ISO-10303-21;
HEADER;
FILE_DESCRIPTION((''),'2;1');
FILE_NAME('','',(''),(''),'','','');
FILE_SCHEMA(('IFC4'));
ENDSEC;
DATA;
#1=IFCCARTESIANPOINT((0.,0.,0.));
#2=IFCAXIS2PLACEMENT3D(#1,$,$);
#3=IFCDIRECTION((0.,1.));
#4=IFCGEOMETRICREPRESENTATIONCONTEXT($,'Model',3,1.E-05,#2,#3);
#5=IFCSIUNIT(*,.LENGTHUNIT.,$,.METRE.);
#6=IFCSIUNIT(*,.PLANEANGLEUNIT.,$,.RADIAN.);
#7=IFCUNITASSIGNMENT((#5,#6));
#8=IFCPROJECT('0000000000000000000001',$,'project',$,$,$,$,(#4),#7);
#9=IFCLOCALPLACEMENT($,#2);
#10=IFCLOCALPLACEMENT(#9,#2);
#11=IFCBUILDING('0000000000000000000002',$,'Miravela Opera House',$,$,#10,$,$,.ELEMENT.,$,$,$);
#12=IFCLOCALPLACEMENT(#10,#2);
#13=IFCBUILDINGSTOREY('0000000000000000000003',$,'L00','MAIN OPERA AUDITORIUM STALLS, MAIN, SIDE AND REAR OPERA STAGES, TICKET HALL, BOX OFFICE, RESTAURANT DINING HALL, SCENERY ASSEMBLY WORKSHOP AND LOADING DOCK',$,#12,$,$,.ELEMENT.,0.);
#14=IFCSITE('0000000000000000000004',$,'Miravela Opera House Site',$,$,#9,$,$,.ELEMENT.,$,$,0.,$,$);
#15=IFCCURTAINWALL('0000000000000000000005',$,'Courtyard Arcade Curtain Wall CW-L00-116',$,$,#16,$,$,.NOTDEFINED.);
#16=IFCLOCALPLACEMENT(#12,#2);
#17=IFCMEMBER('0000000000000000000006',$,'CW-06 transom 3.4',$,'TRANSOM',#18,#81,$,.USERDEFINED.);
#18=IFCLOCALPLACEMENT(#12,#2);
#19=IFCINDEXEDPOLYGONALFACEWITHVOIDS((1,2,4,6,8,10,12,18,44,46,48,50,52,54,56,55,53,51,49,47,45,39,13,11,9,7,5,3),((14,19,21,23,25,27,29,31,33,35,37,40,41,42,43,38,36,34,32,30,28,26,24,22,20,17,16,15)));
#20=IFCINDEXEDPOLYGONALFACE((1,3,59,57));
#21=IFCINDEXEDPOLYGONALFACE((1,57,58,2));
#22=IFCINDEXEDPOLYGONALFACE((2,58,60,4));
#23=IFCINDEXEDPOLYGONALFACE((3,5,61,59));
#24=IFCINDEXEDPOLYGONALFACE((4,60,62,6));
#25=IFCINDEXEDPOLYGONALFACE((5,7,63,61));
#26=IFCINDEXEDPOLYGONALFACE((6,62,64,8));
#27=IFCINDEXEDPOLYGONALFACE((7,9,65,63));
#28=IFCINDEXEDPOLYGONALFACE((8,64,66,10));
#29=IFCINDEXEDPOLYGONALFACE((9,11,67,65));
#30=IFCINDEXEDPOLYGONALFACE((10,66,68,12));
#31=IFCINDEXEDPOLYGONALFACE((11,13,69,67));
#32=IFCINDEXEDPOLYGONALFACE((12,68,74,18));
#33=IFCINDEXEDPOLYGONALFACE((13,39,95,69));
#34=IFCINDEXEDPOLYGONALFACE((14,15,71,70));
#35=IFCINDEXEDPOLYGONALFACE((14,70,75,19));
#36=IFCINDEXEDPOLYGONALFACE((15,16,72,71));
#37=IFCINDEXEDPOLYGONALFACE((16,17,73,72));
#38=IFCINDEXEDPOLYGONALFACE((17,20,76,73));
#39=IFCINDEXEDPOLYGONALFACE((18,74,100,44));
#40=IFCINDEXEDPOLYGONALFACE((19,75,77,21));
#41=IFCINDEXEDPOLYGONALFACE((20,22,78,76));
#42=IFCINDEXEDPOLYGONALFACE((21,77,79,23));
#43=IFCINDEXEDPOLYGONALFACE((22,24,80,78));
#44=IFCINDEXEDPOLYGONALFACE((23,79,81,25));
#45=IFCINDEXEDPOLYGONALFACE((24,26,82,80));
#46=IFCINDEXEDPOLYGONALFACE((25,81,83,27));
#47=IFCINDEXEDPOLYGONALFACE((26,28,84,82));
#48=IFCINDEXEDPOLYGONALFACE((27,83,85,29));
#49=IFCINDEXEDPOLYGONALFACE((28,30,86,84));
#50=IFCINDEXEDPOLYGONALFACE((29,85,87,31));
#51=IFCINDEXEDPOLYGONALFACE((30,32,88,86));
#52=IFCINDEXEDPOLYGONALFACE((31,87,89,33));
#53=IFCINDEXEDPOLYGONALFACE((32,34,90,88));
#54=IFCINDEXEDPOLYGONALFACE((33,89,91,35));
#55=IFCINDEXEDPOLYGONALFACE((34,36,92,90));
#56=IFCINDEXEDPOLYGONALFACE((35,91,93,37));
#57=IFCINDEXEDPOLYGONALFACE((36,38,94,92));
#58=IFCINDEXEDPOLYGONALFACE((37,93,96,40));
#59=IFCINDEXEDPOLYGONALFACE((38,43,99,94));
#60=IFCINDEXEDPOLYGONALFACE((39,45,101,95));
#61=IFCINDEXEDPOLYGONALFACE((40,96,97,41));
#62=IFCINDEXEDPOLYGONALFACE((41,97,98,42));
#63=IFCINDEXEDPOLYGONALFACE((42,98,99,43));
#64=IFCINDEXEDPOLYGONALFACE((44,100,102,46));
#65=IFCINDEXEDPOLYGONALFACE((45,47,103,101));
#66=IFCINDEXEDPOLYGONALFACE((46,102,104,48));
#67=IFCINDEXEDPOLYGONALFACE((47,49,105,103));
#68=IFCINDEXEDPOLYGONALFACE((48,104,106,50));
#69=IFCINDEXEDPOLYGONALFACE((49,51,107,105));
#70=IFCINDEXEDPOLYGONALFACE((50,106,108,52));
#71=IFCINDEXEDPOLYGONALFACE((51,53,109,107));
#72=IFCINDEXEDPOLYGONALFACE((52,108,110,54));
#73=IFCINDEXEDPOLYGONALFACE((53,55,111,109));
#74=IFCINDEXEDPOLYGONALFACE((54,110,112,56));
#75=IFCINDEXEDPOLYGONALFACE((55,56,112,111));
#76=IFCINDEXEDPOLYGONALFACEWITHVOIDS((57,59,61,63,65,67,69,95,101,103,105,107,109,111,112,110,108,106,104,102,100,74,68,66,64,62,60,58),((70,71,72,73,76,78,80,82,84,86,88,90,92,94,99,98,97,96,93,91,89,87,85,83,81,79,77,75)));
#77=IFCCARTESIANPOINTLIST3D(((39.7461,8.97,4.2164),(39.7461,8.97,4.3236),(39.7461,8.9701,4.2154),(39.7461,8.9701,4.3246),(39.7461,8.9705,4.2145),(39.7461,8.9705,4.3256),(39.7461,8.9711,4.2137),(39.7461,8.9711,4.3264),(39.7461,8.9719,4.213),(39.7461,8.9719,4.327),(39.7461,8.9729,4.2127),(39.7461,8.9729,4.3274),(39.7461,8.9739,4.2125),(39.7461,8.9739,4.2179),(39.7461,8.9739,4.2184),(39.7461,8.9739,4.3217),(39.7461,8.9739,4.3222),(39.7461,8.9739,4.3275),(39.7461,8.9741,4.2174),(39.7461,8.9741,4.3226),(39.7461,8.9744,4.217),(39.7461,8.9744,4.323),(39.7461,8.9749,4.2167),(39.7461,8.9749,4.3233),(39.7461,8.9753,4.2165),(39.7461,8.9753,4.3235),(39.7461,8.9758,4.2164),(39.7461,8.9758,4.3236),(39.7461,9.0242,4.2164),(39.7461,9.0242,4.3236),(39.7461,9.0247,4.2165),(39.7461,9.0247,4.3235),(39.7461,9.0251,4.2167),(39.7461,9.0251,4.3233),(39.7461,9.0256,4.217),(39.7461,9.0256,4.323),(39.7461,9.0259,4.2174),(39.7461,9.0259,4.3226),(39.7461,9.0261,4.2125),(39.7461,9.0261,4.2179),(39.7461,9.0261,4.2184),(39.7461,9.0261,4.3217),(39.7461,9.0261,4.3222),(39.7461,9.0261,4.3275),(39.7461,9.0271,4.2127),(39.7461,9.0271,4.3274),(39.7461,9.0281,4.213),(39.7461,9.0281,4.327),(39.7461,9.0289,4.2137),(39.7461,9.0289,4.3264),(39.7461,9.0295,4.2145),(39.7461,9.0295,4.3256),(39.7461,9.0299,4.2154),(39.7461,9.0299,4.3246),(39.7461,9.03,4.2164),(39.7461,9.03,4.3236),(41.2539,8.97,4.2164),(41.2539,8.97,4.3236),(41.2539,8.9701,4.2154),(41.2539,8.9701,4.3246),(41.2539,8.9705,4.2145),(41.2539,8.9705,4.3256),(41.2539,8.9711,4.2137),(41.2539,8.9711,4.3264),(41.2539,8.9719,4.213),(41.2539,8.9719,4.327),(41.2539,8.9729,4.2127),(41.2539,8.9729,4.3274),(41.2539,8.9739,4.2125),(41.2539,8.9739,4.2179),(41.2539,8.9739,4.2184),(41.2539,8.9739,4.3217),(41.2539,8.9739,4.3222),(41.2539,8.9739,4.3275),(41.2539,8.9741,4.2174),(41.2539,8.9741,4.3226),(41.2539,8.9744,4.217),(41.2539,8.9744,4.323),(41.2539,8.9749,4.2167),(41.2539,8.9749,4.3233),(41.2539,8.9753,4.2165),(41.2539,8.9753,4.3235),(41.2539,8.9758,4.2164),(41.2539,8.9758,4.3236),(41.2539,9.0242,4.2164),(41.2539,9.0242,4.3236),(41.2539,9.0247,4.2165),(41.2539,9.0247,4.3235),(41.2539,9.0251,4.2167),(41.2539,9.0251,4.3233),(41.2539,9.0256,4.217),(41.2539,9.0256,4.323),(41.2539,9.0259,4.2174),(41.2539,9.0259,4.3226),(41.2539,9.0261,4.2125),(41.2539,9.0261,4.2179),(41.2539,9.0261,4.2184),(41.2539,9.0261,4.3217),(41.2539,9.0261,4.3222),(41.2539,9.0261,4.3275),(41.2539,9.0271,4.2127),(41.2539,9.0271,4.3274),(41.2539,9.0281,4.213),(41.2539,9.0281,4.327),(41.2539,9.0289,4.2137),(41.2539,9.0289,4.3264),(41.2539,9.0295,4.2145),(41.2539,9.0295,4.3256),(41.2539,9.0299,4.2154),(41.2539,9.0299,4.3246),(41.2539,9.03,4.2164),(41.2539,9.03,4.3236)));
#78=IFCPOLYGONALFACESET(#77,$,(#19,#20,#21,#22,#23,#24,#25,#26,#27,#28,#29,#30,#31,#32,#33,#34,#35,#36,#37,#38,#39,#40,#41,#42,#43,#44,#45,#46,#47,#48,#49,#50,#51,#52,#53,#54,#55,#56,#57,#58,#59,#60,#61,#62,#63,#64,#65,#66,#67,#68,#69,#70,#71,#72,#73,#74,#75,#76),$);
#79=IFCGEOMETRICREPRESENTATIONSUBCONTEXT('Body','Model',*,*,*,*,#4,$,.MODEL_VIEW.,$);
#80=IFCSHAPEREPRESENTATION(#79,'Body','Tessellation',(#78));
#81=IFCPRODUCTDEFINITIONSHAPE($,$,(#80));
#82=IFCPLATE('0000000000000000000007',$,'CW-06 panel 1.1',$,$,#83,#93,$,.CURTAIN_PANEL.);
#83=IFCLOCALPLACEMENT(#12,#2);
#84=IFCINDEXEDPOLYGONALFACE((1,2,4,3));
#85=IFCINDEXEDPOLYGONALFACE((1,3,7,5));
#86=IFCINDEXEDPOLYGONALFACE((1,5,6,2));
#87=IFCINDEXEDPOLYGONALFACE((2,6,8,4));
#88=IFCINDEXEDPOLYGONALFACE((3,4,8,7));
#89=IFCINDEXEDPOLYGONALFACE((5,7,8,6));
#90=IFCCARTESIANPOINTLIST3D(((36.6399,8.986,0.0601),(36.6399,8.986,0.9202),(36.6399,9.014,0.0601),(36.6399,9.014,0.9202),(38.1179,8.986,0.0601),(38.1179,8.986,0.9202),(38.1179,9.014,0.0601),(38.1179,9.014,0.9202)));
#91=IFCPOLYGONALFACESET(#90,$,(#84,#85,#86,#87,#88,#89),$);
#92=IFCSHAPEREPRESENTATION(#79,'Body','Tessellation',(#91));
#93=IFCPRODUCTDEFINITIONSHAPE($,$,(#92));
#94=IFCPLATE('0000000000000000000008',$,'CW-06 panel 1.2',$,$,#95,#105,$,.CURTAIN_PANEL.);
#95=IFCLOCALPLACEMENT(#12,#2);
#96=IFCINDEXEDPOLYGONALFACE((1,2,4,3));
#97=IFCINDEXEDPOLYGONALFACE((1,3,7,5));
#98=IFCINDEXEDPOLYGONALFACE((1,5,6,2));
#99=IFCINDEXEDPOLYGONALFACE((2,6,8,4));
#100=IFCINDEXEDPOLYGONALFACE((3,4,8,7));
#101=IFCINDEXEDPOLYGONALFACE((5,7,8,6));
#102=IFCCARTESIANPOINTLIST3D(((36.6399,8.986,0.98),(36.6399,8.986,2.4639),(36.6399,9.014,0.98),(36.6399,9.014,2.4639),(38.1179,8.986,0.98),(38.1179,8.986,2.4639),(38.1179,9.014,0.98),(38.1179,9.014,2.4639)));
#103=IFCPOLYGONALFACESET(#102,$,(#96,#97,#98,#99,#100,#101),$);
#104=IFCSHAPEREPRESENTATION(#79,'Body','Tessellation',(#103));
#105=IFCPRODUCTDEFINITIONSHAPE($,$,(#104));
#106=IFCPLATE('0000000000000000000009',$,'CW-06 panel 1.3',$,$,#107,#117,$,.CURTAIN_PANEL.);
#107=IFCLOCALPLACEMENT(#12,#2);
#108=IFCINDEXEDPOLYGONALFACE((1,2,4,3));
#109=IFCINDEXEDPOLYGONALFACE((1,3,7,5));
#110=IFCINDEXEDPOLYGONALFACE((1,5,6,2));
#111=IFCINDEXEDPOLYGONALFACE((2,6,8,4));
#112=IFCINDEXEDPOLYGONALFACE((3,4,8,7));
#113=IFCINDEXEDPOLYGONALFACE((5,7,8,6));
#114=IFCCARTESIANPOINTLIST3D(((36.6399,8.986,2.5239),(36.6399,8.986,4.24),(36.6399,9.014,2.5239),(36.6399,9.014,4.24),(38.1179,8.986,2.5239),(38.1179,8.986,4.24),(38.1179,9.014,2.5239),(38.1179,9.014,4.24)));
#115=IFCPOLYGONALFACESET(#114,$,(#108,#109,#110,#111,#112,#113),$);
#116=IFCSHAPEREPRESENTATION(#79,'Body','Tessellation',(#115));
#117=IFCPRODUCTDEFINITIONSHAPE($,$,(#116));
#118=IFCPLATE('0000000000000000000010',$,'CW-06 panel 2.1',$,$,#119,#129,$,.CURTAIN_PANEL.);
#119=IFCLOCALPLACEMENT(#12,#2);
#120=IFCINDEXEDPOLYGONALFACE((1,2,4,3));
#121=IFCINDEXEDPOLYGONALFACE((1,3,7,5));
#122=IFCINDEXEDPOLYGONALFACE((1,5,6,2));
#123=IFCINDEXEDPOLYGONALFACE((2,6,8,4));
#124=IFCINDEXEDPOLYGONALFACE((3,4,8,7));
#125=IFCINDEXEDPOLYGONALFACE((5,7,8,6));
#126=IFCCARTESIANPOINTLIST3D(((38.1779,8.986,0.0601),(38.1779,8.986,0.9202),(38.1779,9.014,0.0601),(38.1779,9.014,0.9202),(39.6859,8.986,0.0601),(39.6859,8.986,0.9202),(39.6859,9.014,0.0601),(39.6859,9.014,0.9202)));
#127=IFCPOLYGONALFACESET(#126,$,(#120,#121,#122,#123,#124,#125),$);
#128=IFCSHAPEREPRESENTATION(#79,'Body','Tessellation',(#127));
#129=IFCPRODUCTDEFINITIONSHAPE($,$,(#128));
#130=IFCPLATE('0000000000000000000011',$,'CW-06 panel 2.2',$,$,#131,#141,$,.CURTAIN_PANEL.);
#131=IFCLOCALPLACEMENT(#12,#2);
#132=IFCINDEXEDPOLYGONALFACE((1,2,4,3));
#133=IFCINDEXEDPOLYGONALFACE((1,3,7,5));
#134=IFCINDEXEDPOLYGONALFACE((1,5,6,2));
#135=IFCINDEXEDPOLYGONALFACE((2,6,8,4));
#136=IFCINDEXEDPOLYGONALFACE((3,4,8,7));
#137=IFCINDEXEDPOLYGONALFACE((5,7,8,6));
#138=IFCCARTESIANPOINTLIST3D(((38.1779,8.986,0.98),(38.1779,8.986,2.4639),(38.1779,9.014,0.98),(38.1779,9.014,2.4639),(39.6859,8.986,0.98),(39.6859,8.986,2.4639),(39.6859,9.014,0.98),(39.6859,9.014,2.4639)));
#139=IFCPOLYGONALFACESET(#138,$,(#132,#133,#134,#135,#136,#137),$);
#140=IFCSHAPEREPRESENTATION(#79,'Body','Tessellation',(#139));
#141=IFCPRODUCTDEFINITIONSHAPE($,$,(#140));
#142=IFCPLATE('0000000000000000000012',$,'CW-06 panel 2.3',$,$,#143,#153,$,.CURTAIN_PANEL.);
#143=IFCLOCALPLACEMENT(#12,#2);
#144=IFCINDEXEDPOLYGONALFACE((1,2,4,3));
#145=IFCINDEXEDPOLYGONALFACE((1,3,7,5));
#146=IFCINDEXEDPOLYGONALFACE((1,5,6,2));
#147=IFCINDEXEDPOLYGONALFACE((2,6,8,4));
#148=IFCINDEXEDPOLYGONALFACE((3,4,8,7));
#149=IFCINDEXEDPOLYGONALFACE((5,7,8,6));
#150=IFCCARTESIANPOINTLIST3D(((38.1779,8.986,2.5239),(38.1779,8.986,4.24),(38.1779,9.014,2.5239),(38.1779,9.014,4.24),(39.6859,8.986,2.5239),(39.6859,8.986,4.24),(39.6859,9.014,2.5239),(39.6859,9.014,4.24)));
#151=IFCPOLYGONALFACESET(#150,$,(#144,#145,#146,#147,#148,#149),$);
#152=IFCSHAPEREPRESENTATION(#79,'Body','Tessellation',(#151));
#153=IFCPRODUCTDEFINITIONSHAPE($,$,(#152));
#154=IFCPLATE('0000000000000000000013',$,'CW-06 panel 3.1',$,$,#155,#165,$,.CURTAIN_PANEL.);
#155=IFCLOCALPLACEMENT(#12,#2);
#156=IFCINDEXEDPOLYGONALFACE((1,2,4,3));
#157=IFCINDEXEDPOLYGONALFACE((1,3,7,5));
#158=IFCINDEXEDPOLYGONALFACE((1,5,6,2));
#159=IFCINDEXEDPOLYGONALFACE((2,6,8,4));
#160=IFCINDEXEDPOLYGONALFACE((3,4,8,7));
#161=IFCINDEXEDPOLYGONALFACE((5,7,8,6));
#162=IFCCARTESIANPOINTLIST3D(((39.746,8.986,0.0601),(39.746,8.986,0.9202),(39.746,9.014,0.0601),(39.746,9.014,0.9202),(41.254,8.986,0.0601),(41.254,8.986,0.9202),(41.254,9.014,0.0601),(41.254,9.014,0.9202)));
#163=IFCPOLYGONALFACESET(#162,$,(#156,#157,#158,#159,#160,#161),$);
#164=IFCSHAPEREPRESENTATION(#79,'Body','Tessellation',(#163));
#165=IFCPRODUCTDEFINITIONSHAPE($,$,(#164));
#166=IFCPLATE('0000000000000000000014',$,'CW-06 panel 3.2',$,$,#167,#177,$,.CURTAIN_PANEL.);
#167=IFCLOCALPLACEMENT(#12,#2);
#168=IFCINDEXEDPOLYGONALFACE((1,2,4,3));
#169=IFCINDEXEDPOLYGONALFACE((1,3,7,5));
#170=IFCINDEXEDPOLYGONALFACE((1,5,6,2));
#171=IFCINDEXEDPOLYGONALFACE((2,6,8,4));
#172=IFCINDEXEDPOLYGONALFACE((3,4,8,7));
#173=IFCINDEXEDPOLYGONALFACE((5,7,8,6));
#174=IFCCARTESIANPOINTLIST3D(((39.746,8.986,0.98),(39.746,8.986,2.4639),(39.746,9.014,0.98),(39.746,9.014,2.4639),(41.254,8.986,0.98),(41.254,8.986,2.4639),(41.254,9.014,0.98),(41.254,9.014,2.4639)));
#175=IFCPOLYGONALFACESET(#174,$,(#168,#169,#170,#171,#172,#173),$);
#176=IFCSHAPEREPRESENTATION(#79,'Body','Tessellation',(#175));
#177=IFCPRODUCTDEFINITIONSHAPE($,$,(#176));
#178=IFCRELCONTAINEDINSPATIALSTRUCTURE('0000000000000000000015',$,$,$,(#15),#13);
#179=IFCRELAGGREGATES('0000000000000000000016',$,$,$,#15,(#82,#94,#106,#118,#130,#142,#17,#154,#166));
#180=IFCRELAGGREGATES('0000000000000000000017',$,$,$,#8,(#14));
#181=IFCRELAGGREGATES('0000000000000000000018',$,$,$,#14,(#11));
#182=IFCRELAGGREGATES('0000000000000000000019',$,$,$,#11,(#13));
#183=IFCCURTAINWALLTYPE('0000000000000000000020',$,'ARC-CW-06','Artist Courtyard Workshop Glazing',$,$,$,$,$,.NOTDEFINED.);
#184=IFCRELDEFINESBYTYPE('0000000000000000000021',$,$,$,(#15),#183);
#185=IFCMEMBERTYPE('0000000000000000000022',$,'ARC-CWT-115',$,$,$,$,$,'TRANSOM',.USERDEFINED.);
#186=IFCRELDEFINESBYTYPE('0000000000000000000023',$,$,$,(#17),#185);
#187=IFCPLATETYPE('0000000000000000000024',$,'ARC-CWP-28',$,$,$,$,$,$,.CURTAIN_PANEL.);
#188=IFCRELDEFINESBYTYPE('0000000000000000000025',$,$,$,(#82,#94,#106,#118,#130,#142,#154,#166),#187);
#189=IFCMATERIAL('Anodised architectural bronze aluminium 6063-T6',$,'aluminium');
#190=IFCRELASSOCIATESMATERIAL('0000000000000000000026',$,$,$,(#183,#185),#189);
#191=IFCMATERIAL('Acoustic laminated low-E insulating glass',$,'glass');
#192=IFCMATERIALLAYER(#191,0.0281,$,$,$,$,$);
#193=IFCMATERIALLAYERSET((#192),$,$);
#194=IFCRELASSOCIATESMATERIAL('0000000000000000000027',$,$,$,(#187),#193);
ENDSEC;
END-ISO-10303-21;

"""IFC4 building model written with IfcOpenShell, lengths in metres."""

from ifc_helpers import new_model, si_unit, direction, frame, origin, origin_2d, place, context, subcontext, project, spatial, rectangle, hollow_rectangle, extrude, material, layer, layer_set, material_profile, profile_set, type_object, element, aggregate, save


model = new_model("IFC4")

# Units and contexts
model_context = context("Model", 3, precision=1e-05, world=origin(), true_north=direction((0.0, 1.0)))
body_context = subcontext(model_context, "Body", "Model", "MODEL_VIEW")
ifc_project = project(units=[si_unit("LENGTHUNIT", "METRE"), si_unit("PLANEANGLEUNIT", "RADIAN")], contexts=[model_context])

# Site, building, storey
site_placement = place(None, origin())
site = spatial("IfcSite", under=ifc_project, at=site_placement, Name="Miravela Opera House Site", CompositionType="ELEMENT", RefElevation=0.0)
building_placement = place(site_placement, origin())
building = spatial("IfcBuilding", under=site, at=building_placement, Name="Miravela Opera House", CompositionType="ELEMENT")
storey_placement = place(building_placement, origin())
storey = spatial("IfcBuildingStorey", under=building, at=storey_placement, Name="L00", Description="MAIN OPERA AUDITORIUM STALLS, MAIN, SIDE AND REAR OPERA STAGES, TICKET HALL, BOX OFFICE, RESTAURANT DINING HALL, SCENERY ASSEMBLY WORKSHOP AND LOADING DOCK", CompositionType="ELEMENT", Elevation=0.0)

# Curtain wall, member, plates
ifc_material_1 = material(Name="Anodised architectural bronze aluminium 6063-T6", Category="aluminium")
curtain_wall_type = type_object("IfcCurtainWallType", Name="ARC-CW-06", Description="Artist Courtyard Workshop Glazing", PredefinedType="NOTDEFINED", material=ifc_material_1)
curtain_wall_placement = place(storey_placement, origin())
curtain_wall = element("IfcCurtainWall", 1, at=curtain_wall_placement, inside=storey, type_object=curtain_wall_type, Name="Courtyard Arcade Curtain Wall CW-L00-116", PredefinedType="NOTDEFINED")
ifc_material_profile_1 = material_profile(ifc_material_1, hollow_rectangle(XDim=0.0601, YDim=0.115, WallThickness=0.0039, InnerFilletRadius=0.002, OuterFilletRadius=0.0039, at=origin_2d()), Name="CWT-60X115")
ifc_profile_set_1 = profile_set([ifc_material_profile_1])
member_type_1 = type_object("IfcMemberType", Name="ARC-CWT-115", ElementType="TRANSOM", PredefinedType="USERDEFINED", material=ifc_profile_set_1)
member_1_placement = place(storey_placement, frame((39.7461, 9.0, 4.27), z_axis=(1.0, 0.0, 0.0), x_axis=(0.0, 1.0, 0.0)))
member_1 = element("IfcMember", 2, at=member_1_placement, type_object=member_type_1, Name="CW-06 transom 3.4", ObjectType="TRANSOM", PredefinedType="USERDEFINED", context=body_context, shape_type="SweptSolid", body=[
    extrude(hollow_rectangle(XDim=0.0601, YDim=0.115, WallThickness=0.0039, InnerFilletRadius=0.002, OuterFilletRadius=0.0039, at=origin_2d()), origin(), (0.0, 0.0, 1.0), 1.5078),
])
ifc_material_2 = material(Name="Acoustic laminated low-E insulating glass", Category="glass")
ifc_layer = layer(ifc_material_2, 0.0281)
ifc_layer_set = layer_set([ifc_layer])
plate_type = type_object("IfcPlateType", Name="ARC-CWP-28", PredefinedType="CURTAIN_PANEL", material=ifc_layer_set)
plate_1_placement = place(storey_placement, frame((37.3789, 9.0, 0.0601), z_axis=(0.0, 0.0, 1.0), x_axis=(1.0, 0.0, 0.0)))
plate_1 = element("IfcPlate", 3, at=plate_1_placement, type_object=plate_type, Name="CW-06 panel 1.1", PredefinedType="CURTAIN_PANEL", context=body_context, shape_type="SweptSolid", body=[
    extrude(rectangle(XDim=1.478, YDim=0.0281, at=origin_2d()), origin(), (0.0, 0.0, 1.0), 0.8601),
])
plate_2_placement = place(storey_placement, frame((37.3789, 9.0, 0.98), z_axis=(0.0, 0.0, 1.0), x_axis=(1.0, 0.0, 0.0)))
plate_2 = element("IfcPlate", 4, at=plate_2_placement, type_object=plate_type, Name="CW-06 panel 1.2", PredefinedType="CURTAIN_PANEL", context=body_context, shape_type="SweptSolid", body=[
    extrude(rectangle(XDim=1.478, YDim=0.0281, at=origin_2d()), origin(), (0.0, 0.0, 1.0), 1.4839),
])
plate_3_placement = place(storey_placement, frame((37.3789, 9.0, 2.5239), z_axis=(0.0, 0.0, 1.0), x_axis=(1.0, 0.0, 0.0)))
plate_3 = element("IfcPlate", 5, at=plate_3_placement, type_object=plate_type, Name="CW-06 panel 1.3", PredefinedType="CURTAIN_PANEL", context=body_context, shape_type="SweptSolid", body=[
    extrude(rectangle(XDim=1.478, YDim=0.0281, at=origin_2d()), origin(), (0.0, 0.0, 1.0), 1.7161),
])
plate_4_placement = place(storey_placement, frame((38.9319, 9.0, 0.0601), z_axis=(0.0, 0.0, 1.0), x_axis=(1.0, 0.0, 0.0)))
plate_4 = element("IfcPlate", 6, at=plate_4_placement, type_object=plate_type, Name="CW-06 panel 2.1", PredefinedType="CURTAIN_PANEL", context=body_context, shape_type="SweptSolid", body=[
    extrude(rectangle(XDim=1.5081, YDim=0.0281, at=origin_2d()), origin(), (0.0, 0.0, 1.0), 0.8601),
])
plate_5_placement = place(storey_placement, frame((38.9319, 9.0, 0.98), z_axis=(0.0, 0.0, 1.0), x_axis=(1.0, 0.0, 0.0)))
plate_5 = element("IfcPlate", 7, at=plate_5_placement, type_object=plate_type, Name="CW-06 panel 2.2", PredefinedType="CURTAIN_PANEL", context=body_context, shape_type="SweptSolid", body=[
    extrude(rectangle(XDim=1.5081, YDim=0.0281, at=origin_2d()), origin(), (0.0, 0.0, 1.0), 1.4839),
])
plate_6_placement = place(storey_placement, frame((38.9319, 9.0, 2.5239), z_axis=(0.0, 0.0, 1.0), x_axis=(1.0, 0.0, 0.0)))
plate_6 = element("IfcPlate", 8, at=plate_6_placement, type_object=plate_type, Name="CW-06 panel 2.3", PredefinedType="CURTAIN_PANEL", context=body_context, shape_type="SweptSolid", body=[
    extrude(rectangle(XDim=1.5081, YDim=0.0281, at=origin_2d()), origin(), (0.0, 0.0, 1.0), 1.7161),
])
plate_7_placement = place(storey_placement, frame((40.5, 9.0, 0.0601), z_axis=(0.0, 0.0, 1.0), x_axis=(1.0, 0.0, 0.0)))
plate_7 = element("IfcPlate", 9, at=plate_7_placement, type_object=plate_type, Name="CW-06 panel 3.1", PredefinedType="CURTAIN_PANEL", context=body_context, shape_type="SweptSolid", body=[
    extrude(rectangle(XDim=1.5081, YDim=0.0281, at=origin_2d()), origin(), (0.0, 0.0, 1.0), 0.8601),
])
plate_8_placement = place(storey_placement, frame((40.5, 9.0, 0.98), z_axis=(0.0, 0.0, 1.0), x_axis=(1.0, 0.0, 0.0)))
plate_8 = element("IfcPlate", 10, at=plate_8_placement, type_object=plate_type, Name="CW-06 panel 3.2", PredefinedType="CURTAIN_PANEL", context=body_context, shape_type="SweptSolid", body=[
    extrude(rectangle(XDim=1.5081, YDim=0.0281, at=origin_2d()), origin(), (0.0, 0.0, 1.0), 1.4839),
])
aggregate(curtain_wall, [plate_1, plate_2, plate_3, plate_4, plate_5, plate_6, member_1, plate_7, plate_8])

save(model, "model.ifc")
